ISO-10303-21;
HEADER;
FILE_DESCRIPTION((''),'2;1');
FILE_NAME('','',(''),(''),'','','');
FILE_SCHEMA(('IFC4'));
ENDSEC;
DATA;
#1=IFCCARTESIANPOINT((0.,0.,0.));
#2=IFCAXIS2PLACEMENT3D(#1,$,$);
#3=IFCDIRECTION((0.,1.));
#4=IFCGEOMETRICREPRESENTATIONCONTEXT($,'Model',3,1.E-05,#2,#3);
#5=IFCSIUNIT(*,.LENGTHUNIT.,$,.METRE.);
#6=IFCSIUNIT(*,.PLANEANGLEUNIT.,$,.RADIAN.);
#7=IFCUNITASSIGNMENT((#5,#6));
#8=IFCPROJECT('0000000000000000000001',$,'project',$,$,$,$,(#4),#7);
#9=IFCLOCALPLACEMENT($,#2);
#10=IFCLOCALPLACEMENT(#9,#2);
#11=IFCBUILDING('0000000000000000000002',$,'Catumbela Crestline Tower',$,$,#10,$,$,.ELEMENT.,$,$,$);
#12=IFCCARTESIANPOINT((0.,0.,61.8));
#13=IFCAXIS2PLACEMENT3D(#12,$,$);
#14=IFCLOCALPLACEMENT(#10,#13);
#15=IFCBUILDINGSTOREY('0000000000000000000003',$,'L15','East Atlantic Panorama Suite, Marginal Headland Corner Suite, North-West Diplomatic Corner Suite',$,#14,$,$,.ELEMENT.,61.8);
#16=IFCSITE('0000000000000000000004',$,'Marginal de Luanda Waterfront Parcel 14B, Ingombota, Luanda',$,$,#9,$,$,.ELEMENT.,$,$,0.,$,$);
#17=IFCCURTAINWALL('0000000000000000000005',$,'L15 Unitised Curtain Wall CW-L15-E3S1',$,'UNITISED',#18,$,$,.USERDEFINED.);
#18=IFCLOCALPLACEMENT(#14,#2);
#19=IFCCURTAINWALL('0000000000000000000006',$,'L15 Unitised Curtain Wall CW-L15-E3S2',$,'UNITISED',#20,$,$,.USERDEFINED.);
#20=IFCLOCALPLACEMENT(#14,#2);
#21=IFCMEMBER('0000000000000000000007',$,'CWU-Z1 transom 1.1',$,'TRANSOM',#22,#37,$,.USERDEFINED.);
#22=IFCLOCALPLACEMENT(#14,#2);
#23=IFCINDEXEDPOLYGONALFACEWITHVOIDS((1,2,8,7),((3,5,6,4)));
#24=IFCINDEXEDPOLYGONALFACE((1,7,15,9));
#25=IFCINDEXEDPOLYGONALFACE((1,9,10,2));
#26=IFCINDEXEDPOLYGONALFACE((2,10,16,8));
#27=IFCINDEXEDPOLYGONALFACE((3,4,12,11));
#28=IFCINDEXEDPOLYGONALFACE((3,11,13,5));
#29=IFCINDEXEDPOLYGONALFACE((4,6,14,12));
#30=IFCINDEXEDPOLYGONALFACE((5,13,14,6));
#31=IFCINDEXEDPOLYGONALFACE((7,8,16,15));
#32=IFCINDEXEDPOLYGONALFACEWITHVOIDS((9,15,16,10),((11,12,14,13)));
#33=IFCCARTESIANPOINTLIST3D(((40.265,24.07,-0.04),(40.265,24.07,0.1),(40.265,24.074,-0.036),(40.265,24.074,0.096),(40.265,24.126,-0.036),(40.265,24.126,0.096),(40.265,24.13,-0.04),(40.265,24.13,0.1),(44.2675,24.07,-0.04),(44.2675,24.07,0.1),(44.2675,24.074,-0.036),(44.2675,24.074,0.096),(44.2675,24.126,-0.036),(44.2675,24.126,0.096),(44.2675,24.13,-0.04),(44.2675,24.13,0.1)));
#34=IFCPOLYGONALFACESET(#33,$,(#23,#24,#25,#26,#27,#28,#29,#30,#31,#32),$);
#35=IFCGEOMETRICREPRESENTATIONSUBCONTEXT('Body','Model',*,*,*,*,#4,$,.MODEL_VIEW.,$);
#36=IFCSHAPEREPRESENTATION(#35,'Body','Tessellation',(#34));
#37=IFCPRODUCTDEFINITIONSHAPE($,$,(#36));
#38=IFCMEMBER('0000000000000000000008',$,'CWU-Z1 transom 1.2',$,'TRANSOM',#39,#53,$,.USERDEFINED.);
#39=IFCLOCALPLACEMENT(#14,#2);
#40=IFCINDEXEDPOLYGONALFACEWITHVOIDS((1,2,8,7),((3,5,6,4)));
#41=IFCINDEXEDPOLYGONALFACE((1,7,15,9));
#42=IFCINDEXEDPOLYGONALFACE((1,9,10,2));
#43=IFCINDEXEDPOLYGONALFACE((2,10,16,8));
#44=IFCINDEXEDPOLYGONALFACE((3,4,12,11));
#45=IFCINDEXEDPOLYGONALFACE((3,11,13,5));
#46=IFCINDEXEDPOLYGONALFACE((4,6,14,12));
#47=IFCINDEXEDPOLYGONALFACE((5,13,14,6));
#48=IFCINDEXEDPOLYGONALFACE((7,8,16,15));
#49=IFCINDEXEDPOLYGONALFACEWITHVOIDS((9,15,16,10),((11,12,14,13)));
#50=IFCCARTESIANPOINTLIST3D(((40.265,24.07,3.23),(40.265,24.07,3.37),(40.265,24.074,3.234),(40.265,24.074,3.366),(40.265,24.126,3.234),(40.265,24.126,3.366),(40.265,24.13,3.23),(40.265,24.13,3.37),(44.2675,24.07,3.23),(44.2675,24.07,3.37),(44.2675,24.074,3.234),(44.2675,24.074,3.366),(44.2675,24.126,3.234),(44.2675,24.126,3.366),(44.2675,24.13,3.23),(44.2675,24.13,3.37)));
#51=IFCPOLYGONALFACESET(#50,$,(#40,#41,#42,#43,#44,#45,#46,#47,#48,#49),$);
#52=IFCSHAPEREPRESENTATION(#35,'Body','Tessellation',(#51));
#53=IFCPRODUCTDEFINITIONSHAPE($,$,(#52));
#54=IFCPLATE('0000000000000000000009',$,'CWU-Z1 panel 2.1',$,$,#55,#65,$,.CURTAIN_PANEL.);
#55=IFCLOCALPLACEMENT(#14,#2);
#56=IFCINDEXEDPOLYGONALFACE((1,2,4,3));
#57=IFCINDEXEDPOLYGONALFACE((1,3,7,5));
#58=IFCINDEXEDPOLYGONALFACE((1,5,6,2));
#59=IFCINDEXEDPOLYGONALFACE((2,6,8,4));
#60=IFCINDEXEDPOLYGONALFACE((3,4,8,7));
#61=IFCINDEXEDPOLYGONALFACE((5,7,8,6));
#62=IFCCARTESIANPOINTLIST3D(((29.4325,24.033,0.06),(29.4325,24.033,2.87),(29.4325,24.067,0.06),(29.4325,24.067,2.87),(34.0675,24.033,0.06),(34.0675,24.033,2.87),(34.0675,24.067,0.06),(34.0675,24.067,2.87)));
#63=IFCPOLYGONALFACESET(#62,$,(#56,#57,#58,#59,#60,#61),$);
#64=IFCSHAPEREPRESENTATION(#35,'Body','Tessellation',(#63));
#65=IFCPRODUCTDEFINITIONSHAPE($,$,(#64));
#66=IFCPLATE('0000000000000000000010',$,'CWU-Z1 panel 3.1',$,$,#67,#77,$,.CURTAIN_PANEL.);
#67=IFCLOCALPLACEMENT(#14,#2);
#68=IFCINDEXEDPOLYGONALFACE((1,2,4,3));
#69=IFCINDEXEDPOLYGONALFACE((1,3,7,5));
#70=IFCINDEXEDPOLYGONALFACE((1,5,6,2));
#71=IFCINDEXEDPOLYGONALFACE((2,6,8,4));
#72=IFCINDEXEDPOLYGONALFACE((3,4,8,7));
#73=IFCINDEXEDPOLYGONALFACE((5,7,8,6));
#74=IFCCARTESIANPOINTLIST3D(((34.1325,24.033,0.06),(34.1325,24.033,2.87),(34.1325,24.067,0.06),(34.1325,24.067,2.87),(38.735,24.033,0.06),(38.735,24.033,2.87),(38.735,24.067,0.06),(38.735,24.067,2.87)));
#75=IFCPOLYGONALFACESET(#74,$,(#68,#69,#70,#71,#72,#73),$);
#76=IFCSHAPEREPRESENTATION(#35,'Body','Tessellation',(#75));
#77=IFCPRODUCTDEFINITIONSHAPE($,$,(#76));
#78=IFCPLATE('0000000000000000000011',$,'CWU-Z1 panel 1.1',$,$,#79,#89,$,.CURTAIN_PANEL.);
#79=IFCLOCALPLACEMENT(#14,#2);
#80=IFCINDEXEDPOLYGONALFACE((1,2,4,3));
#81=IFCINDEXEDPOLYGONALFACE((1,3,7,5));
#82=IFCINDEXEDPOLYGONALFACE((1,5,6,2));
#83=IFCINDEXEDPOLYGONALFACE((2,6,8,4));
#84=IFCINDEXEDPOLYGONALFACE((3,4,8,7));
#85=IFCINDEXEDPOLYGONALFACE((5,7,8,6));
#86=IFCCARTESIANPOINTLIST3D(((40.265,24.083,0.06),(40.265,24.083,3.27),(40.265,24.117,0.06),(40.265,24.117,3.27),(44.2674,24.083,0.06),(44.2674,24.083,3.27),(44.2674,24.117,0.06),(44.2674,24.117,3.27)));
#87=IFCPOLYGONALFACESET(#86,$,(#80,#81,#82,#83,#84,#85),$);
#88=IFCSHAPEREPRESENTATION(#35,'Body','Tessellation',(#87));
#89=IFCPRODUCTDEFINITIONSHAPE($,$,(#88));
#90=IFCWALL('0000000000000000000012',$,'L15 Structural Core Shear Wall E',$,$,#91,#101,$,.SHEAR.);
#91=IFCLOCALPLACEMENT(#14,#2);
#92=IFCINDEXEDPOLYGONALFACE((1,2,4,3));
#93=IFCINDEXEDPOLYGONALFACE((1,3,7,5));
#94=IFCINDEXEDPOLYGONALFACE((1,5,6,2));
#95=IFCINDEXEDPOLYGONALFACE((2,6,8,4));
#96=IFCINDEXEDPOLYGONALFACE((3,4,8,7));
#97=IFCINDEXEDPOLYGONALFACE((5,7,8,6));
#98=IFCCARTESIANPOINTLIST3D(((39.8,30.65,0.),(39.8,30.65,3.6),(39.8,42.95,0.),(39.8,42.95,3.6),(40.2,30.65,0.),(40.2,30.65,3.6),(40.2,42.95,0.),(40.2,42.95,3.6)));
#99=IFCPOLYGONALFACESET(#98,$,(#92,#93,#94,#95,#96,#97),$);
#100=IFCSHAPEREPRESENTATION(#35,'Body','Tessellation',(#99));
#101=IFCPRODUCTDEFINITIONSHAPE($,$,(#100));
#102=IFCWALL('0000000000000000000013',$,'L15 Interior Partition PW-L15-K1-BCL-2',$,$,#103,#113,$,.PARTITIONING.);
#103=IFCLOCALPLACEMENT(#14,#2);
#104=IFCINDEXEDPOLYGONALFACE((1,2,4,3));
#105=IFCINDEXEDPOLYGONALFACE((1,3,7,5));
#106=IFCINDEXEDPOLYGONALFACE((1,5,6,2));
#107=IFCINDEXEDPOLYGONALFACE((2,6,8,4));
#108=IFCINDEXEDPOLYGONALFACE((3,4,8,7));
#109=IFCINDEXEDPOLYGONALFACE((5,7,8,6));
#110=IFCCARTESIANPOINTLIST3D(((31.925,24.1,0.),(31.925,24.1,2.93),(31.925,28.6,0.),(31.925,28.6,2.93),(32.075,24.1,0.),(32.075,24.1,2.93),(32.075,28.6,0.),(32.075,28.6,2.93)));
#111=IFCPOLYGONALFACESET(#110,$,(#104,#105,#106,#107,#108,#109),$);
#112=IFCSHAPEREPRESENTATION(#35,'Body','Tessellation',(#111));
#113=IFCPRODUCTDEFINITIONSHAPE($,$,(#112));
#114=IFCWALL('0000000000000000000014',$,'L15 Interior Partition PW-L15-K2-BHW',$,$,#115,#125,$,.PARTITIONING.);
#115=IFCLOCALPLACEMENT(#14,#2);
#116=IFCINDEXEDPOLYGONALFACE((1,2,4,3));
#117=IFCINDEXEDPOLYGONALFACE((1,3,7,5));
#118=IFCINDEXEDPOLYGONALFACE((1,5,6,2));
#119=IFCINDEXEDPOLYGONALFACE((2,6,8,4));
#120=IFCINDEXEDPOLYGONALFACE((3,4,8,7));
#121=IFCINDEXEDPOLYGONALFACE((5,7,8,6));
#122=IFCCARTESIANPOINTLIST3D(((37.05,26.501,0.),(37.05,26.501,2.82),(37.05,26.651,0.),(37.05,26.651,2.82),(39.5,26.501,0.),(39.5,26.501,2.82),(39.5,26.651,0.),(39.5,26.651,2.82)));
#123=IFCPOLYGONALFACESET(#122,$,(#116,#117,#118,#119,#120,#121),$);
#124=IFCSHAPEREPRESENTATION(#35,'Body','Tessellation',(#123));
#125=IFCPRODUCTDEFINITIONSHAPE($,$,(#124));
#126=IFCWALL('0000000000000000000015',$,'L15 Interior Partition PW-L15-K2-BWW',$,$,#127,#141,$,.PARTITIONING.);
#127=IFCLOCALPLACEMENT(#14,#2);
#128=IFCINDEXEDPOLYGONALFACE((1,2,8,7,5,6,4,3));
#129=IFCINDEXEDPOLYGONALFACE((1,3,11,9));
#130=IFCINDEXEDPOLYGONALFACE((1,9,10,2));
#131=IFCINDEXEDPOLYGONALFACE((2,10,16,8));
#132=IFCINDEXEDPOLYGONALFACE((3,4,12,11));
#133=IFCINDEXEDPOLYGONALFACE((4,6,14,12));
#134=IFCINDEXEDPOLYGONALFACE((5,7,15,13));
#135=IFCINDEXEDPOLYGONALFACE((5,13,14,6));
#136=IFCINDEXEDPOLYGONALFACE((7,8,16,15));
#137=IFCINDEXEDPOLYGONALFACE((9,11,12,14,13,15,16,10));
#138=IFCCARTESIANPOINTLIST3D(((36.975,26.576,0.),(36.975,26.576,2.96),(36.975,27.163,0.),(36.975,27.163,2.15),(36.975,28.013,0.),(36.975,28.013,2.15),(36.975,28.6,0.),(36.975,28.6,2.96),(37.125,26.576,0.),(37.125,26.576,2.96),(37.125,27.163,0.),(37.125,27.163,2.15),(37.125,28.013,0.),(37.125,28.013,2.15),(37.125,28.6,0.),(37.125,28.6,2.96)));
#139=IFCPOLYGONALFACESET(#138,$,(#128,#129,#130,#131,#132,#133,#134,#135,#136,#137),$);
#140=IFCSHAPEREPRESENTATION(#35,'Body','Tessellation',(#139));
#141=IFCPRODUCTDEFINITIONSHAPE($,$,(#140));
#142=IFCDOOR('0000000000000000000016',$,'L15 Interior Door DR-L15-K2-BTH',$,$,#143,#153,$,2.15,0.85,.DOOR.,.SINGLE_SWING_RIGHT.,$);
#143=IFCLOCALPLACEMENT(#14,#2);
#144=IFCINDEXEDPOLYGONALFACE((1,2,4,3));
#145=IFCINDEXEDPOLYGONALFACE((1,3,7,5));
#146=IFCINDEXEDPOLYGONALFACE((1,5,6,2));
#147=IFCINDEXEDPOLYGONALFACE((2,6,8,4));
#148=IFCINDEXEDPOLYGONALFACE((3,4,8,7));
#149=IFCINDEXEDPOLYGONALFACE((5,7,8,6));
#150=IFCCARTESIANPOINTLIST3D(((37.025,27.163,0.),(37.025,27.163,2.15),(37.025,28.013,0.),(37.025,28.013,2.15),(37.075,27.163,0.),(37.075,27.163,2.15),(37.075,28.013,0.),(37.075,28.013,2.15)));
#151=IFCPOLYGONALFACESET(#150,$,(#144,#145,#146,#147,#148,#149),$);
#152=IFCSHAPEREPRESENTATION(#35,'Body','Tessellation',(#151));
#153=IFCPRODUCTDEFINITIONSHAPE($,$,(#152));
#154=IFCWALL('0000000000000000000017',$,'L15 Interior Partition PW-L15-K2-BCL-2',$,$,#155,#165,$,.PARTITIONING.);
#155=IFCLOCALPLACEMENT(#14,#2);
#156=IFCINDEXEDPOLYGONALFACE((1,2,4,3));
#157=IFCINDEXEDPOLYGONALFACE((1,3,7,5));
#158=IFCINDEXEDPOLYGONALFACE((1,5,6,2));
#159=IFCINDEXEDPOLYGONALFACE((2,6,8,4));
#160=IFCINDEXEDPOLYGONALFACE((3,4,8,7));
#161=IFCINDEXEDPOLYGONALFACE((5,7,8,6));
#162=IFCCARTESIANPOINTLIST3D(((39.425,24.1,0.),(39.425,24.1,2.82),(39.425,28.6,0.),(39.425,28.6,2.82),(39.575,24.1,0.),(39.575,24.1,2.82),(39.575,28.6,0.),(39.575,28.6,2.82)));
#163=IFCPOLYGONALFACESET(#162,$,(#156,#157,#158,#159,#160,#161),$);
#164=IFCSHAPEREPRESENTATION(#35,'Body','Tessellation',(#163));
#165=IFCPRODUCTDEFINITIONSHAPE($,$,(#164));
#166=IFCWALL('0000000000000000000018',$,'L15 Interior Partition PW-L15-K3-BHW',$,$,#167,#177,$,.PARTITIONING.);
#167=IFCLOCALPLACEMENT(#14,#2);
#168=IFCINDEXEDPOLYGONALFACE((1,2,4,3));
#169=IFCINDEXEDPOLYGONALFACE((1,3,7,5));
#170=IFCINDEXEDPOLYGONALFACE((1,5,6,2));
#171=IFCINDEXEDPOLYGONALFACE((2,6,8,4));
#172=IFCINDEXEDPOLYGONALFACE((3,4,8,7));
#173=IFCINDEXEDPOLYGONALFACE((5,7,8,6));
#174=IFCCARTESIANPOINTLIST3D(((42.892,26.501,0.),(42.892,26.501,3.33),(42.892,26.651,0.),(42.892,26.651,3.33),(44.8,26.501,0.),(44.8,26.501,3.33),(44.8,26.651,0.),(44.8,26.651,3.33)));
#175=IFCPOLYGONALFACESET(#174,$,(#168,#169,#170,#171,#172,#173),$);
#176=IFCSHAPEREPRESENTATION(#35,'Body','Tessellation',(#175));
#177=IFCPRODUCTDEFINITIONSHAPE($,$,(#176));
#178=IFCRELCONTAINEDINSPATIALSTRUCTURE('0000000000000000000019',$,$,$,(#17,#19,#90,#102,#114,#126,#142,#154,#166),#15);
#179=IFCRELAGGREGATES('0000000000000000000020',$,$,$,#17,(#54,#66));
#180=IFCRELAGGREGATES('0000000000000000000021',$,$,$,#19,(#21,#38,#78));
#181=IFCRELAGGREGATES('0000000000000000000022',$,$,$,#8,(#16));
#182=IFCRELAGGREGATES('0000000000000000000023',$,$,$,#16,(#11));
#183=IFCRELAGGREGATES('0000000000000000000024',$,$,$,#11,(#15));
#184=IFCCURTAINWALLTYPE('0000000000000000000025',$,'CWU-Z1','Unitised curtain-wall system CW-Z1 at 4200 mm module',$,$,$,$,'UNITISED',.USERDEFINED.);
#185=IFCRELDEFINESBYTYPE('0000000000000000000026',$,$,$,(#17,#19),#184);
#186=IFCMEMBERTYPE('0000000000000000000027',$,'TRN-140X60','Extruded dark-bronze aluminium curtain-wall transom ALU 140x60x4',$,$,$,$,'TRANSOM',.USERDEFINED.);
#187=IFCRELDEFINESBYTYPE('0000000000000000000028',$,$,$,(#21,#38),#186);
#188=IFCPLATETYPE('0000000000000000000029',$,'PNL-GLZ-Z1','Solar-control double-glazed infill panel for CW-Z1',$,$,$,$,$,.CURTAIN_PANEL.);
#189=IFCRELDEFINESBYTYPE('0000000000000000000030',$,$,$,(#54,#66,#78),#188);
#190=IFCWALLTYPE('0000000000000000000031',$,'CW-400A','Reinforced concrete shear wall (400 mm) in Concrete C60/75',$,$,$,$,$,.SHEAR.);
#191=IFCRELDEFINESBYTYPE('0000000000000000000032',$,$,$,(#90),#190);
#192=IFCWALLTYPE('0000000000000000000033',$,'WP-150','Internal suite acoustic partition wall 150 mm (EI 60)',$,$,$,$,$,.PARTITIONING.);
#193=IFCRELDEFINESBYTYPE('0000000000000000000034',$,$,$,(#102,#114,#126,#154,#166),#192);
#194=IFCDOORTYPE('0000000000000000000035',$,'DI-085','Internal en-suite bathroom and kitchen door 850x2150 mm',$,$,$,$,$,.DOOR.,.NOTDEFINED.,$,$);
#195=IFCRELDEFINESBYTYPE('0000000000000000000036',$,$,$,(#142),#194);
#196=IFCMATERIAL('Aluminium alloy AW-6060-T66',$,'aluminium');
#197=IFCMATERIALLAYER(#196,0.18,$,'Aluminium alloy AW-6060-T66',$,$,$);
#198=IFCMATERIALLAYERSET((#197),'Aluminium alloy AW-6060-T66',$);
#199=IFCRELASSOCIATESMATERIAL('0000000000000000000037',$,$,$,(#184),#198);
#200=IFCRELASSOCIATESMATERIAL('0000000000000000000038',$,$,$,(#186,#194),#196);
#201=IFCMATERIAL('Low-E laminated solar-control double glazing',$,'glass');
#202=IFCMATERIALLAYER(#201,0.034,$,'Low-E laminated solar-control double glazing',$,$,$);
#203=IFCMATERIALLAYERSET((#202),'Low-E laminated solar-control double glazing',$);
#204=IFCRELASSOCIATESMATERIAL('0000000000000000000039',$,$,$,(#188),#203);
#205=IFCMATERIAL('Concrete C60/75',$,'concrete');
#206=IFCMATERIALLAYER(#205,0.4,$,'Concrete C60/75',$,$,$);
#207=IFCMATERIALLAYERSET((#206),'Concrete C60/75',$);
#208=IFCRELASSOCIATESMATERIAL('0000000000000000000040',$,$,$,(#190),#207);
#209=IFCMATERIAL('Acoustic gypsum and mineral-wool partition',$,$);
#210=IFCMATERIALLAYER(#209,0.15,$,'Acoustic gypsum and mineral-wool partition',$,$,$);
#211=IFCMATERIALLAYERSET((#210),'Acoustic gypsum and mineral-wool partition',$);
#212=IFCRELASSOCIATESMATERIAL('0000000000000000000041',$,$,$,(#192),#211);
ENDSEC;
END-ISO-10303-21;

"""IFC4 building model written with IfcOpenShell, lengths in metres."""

from ifc_helpers import new_model, si_unit, direction, frame, frame_2d, origin, origin_2d, place, context, subcontext, project, spatial, rectangle, hollow_rectangle, extrude, material, layer, layer_set, material_profile, profile_set, type_object, element, fill, aggregate, save


model = new_model("IFC4")

# Units and contexts
model_context = context("Model", 3, precision=1e-05, world=origin(), true_north=direction((0.0, 1.0)))
body_context = subcontext(model_context, "Body", "Model", "MODEL_VIEW")
ifc_project = project(units=[si_unit("LENGTHUNIT", "METRE"), si_unit("PLANEANGLEUNIT", "RADIAN")], contexts=[model_context])

# Site, building, storey
site_placement = place(None, origin())
site = spatial("IfcSite", under=ifc_project, at=site_placement, Name="Marginal de Luanda Waterfront Parcel 14B, Ingombota, Luanda", CompositionType="ELEMENT", RefElevation=0.0)
building_placement = place(site_placement, origin())
building = spatial("IfcBuilding", under=site, at=building_placement, Name="Catumbela Crestline Tower", CompositionType="ELEMENT")
storey_placement = place(building_placement, frame((0.0, 0.0, 61.8)))
storey = spatial("IfcBuildingStorey", under=building, at=storey_placement, Name="L15", Description="East Atlantic Panorama Suite, Marginal Headland Corner Suite, North-West Diplomatic Corner Suite", CompositionType="ELEMENT", Elevation=61.8)

# Shared definitions
ifc_material_1 = material(Name="Concrete C60/75", Category="concrete")

# Curtain wall
ifc_material_2 = material(Name="Aluminium alloy AW-6060-T66", Category="aluminium")
ifc_layer_1 = layer(ifc_material_2, 0.18, Name="Aluminium alloy AW-6060-T66")
ifc_layer_set_1 = layer_set([ifc_layer_1], Name="Aluminium alloy AW-6060-T66")
curtain_wall_type = type_object("IfcCurtainWallType", Name="CWU-Z1", Description="Unitised curtain-wall system CW-Z1 at 4200 mm module", ElementType="UNITISED", PredefinedType="USERDEFINED", material=ifc_layer_set_1)
curtain_wall_1_placement = place(storey_placement, origin())
curtain_wall_1 = element("IfcCurtainWall", 1, at=curtain_wall_1_placement, inside=storey, type_object=curtain_wall_type, Name="L15 Unitised Curtain Wall CW-L15-E3S1", ObjectType="UNITISED", PredefinedType="USERDEFINED")

# Curtain wall
curtain_wall_2_placement = place(storey_placement, origin())
curtain_wall_2 = element("IfcCurtainWall", 2, at=curtain_wall_2_placement, inside=storey, type_object=curtain_wall_type, Name="L15 Unitised Curtain Wall CW-L15-E3S2", ObjectType="UNITISED", PredefinedType="USERDEFINED")

# Members
ifc_material_profile_1 = material_profile(ifc_material_2, hollow_rectangle(XDim=0.06, YDim=0.14, WallThickness=0.004, at=origin_2d()), Name="ALU 140x60x4")
ifc_profile_set_1 = profile_set([ifc_material_profile_1], Name="Aluminium alloy AW-6060-T66")
member_type_1 = type_object("IfcMemberType", Name="TRN-140X60", Description="Extruded dark-bronze aluminium curtain-wall transom ALU 140x60x4", ElementType="TRANSOM", PredefinedType="USERDEFINED", material=ifc_profile_set_1)
member_1_placement = place(storey_placement, frame((40.265, 24.1, 0.03), z_axis=(1.0, 0.0, 0.0), x_axis=(0.0, 1.0, 0.0)))
member_1 = element("IfcMember", 3, at=member_1_placement, type_object=member_type_1, Name="CWU-Z1 transom 1.1", ObjectType="TRANSOM", PredefinedType="USERDEFINED", context=body_context, shape_type="SweptSolid", body=[
    extrude(hollow_rectangle(XDim=0.06, YDim=0.14, WallThickness=0.004, at=origin_2d()), origin(), (0.0, 0.0, 1.0), 4.0025),
])
member_2_placement = place(storey_placement, frame((40.265, 24.1, 3.3), z_axis=(1.0, 0.0, 0.0), x_axis=(0.0, 1.0, 0.0)))
member_2 = element("IfcMember", 4, at=member_2_placement, type_object=member_type_1, Name="CWU-Z1 transom 1.2", ObjectType="TRANSOM", PredefinedType="USERDEFINED", context=body_context, shape_type="SweptSolid", body=[
    extrude(hollow_rectangle(XDim=0.06, YDim=0.14, WallThickness=0.004, at=origin_2d()), origin(), (0.0, 0.0, 1.0), 4.0025),
])

# Plates
ifc_material_3 = material(Name="Low-E laminated solar-control double glazing", Category="glass")
ifc_layer_2 = layer(ifc_material_3, 0.034, Name="Low-E laminated solar-control double glazing")
ifc_layer_set_2 = layer_set([ifc_layer_2], Name="Low-E laminated solar-control double glazing")
plate_type = type_object("IfcPlateType", Name="PNL-GLZ-Z1", Description="Solar-control double-glazed infill panel for CW-Z1", PredefinedType="CURTAIN_PANEL", material=ifc_layer_set_2)
plate_1_placement = place(storey_placement, frame((31.75, 24.05, 0.06), z_axis=(0.0, 0.0, 1.0), x_axis=(1.0, 0.0, 0.0)))
plate_1 = element("IfcPlate", 5, at=plate_1_placement, type_object=plate_type, Name="CWU-Z1 panel 2.1", PredefinedType="CURTAIN_PANEL", context=body_context, shape_type="SweptSolid", body=[
    extrude(rectangle(XDim=4.635, YDim=0.034, at=origin_2d()), origin(), (0.0, 0.0, 1.0), 2.81),
])
plate_2_placement = place(storey_placement, frame((36.4338, 24.05, 0.06), z_axis=(0.0, 0.0, 1.0), x_axis=(1.0, 0.0, 0.0)))
plate_2 = element("IfcPlate", 6, at=plate_2_placement, type_object=plate_type, Name="CWU-Z1 panel 3.1", PredefinedType="CURTAIN_PANEL", context=body_context, shape_type="SweptSolid", body=[
    extrude(rectangle(XDim=4.6025, YDim=0.034, at=origin_2d()), origin(), (0.0, 0.0, 1.0), 2.81),
])
aggregate(curtain_wall_1, [plate_1, plate_2])
plate_3_placement = place(storey_placement, frame((42.2662, 24.1, 0.06), z_axis=(0.0, 0.0, 1.0), x_axis=(1.0, 0.0, 0.0)))
plate_3 = element("IfcPlate", 7, at=plate_3_placement, type_object=plate_type, Name="CWU-Z1 panel 1.1", PredefinedType="CURTAIN_PANEL", context=body_context, shape_type="SweptSolid", body=[
    extrude(rectangle(XDim=4.0025, YDim=0.034, at=origin_2d()), origin(), (0.0, 0.0, 1.0), 3.21),
])
aggregate(curtain_wall_2, [member_1, member_2, plate_3])

# Walls
ifc_layer_3 = layer(ifc_material_1, 0.4, Name="Concrete C60/75")
ifc_layer_set_3 = layer_set([ifc_layer_3], Name="Concrete C60/75")
wall_type_1 = type_object("IfcWallType", Name="CW-400A", Description="Reinforced concrete shear wall (400 mm) in Concrete C60/75", PredefinedType="SHEAR", material=ifc_layer_set_3)
wall_1_placement = place(storey_placement, frame((40.0, 30.65, 0.0), z_axis=(0.0, 0.0, 1.0), x_axis=(0.0, 1.0, 0.0)))
element("IfcWall", 8, at=wall_1_placement, inside=storey, type_object=wall_type_1, Name="L15 Structural Core Shear Wall E", PredefinedType="SHEAR", context=body_context, shape_type="SweptSolid", body=[
    extrude(rectangle(XDim=12.3, YDim=0.4, at=frame_2d((6.15, 0.0))), origin(), (0.0, 0.0, 1.0), 3.6),
])
ifc_material_4 = material(Name="Acoustic gypsum and mineral-wool partition")
ifc_layer_4 = layer(ifc_material_4, 0.15, Name="Acoustic gypsum and mineral-wool partition")
ifc_layer_set_4 = layer_set([ifc_layer_4], Name="Acoustic gypsum and mineral-wool partition")
wall_type_2 = type_object("IfcWallType", Name="WP-150", Description="Internal suite acoustic partition wall 150 mm (EI 60)", PredefinedType="PARTITIONING", material=ifc_layer_set_4)
wall_2_placement = place(storey_placement, frame((32.0, 28.6, 0.0), z_axis=(0.0, 0.0, 1.0), x_axis=(0.0, -1.0, 0.0)))
element("IfcWall", 9, at=wall_2_placement, inside=storey, type_object=wall_type_2, Name="L15 Interior Partition PW-L15-K1-BCL-2", PredefinedType="PARTITIONING", context=body_context, shape_type="SweptSolid", body=[
    extrude(rectangle(XDim=4.5, YDim=0.15, at=frame_2d((2.25, 0.0))), origin(), (0.0, 0.0, 1.0), 2.93),
])
wall_3_placement = place(storey_placement, frame((37.05, 26.576, 0.0), z_axis=(0.0, 0.0, 1.0), x_axis=(1.0, 0.0, 0.0)))
element("IfcWall", 10, at=wall_3_placement, inside=storey, type_object=wall_type_2, Name="L15 Interior Partition PW-L15-K2-BHW", PredefinedType="PARTITIONING", context=body_context, shape_type="SweptSolid", body=[
    extrude(rectangle(XDim=2.45, YDim=0.15, at=frame_2d((1.225, 0.0))), origin(), (0.0, 0.0, 1.0), 2.82),
])

# Wall, opening, door
wall_4_placement = place(storey_placement, frame((37.05, 26.576, 0.0), z_axis=(0.0, 0.0, 1.0), x_axis=(0.0, 1.0, 0.0)))
wall_4 = element("IfcWall", 11, at=wall_4_placement, inside=storey, type_object=wall_type_2, Name="L15 Interior Partition PW-L15-K2-BWW", PredefinedType="PARTITIONING", context=body_context, shape_type="SweptSolid", body=[
    extrude(rectangle(XDim=2.024, YDim=0.15, at=frame_2d((1.012, 0.0))), origin(), (0.0, 0.0, 1.0), 2.96),
])
opening_1_placement = place(wall_4_placement, frame((0.587, 0.0, 0.0)))
opening_1 = element("IfcOpeningElement", 12, at=opening_1_placement, cuts=wall_4, PredefinedType="OPENING", context=body_context, shape_type="SweptSolid", body=[
    extrude(rectangle(XDim=0.85, YDim=2.15, at=frame_2d((0.425, 1.075))), frame((0.0, 0.085, 0.0), z_axis=(0.0, -1.0, 0.0), x_axis=(1.0, 0.0, 0.0)), (0.0, 0.0, 1.0), 0.17),
])
door_type = type_object("IfcDoorType", Name="DI-085", Description="Internal en-suite bathroom and kitchen door 850x2150 mm", OperationType="NOTDEFINED", PredefinedType="DOOR", material=ifc_material_2)
door_1_placement = place(opening_1_placement, origin())
door_1 = element("IfcDoor", 13, at=door_1_placement, inside=storey, type_object=door_type, Name="L15 Interior Door DR-L15-K2-BTH", OperationType="SINGLE_SWING_RIGHT", OverallHeight=2.15, OverallWidth=0.85, PredefinedType="DOOR", context=body_context, shape_type="SweptSolid", body=[
    extrude(rectangle(XDim=0.85, YDim=2.15, at=frame_2d((0.425, 1.075))), frame((0.0, 0.025, 0.0), z_axis=(0.0, -1.0, 0.0), x_axis=(1.0, 0.0, 0.0)), (0.0, 0.0, 1.0), 0.05),
])
fill(opening_1, door_1)

# Walls
wall_5_placement = place(storey_placement, frame((39.5, 28.6, 0.0), z_axis=(0.0, 0.0, 1.0), x_axis=(0.0, -1.0, 0.0)))
element("IfcWall", 14, at=wall_5_placement, inside=storey, type_object=wall_type_2, Name="L15 Interior Partition PW-L15-K2-BCL-2", PredefinedType="PARTITIONING", context=body_context, shape_type="SweptSolid", body=[
    extrude(rectangle(XDim=4.5, YDim=0.15, at=frame_2d((2.25, 0.0))), origin(), (0.0, 0.0, 1.0), 2.82),
])
wall_6_placement = place(storey_placement, frame((42.892, 26.576, 0.0), z_axis=(0.0, 0.0, 1.0), x_axis=(1.0, 0.0, 0.0)))
element("IfcWall", 15, at=wall_6_placement, inside=storey, type_object=wall_type_2, Name="L15 Interior Partition PW-L15-K3-BHW", PredefinedType="PARTITIONING", context=body_context, shape_type="SweptSolid", body=[
    extrude(rectangle(XDim=1.908, YDim=0.15, at=frame_2d((0.954, 0.0))), origin(), (0.0, 0.0, 1.0), 3.33),
])

save(model, "model.ifc")
